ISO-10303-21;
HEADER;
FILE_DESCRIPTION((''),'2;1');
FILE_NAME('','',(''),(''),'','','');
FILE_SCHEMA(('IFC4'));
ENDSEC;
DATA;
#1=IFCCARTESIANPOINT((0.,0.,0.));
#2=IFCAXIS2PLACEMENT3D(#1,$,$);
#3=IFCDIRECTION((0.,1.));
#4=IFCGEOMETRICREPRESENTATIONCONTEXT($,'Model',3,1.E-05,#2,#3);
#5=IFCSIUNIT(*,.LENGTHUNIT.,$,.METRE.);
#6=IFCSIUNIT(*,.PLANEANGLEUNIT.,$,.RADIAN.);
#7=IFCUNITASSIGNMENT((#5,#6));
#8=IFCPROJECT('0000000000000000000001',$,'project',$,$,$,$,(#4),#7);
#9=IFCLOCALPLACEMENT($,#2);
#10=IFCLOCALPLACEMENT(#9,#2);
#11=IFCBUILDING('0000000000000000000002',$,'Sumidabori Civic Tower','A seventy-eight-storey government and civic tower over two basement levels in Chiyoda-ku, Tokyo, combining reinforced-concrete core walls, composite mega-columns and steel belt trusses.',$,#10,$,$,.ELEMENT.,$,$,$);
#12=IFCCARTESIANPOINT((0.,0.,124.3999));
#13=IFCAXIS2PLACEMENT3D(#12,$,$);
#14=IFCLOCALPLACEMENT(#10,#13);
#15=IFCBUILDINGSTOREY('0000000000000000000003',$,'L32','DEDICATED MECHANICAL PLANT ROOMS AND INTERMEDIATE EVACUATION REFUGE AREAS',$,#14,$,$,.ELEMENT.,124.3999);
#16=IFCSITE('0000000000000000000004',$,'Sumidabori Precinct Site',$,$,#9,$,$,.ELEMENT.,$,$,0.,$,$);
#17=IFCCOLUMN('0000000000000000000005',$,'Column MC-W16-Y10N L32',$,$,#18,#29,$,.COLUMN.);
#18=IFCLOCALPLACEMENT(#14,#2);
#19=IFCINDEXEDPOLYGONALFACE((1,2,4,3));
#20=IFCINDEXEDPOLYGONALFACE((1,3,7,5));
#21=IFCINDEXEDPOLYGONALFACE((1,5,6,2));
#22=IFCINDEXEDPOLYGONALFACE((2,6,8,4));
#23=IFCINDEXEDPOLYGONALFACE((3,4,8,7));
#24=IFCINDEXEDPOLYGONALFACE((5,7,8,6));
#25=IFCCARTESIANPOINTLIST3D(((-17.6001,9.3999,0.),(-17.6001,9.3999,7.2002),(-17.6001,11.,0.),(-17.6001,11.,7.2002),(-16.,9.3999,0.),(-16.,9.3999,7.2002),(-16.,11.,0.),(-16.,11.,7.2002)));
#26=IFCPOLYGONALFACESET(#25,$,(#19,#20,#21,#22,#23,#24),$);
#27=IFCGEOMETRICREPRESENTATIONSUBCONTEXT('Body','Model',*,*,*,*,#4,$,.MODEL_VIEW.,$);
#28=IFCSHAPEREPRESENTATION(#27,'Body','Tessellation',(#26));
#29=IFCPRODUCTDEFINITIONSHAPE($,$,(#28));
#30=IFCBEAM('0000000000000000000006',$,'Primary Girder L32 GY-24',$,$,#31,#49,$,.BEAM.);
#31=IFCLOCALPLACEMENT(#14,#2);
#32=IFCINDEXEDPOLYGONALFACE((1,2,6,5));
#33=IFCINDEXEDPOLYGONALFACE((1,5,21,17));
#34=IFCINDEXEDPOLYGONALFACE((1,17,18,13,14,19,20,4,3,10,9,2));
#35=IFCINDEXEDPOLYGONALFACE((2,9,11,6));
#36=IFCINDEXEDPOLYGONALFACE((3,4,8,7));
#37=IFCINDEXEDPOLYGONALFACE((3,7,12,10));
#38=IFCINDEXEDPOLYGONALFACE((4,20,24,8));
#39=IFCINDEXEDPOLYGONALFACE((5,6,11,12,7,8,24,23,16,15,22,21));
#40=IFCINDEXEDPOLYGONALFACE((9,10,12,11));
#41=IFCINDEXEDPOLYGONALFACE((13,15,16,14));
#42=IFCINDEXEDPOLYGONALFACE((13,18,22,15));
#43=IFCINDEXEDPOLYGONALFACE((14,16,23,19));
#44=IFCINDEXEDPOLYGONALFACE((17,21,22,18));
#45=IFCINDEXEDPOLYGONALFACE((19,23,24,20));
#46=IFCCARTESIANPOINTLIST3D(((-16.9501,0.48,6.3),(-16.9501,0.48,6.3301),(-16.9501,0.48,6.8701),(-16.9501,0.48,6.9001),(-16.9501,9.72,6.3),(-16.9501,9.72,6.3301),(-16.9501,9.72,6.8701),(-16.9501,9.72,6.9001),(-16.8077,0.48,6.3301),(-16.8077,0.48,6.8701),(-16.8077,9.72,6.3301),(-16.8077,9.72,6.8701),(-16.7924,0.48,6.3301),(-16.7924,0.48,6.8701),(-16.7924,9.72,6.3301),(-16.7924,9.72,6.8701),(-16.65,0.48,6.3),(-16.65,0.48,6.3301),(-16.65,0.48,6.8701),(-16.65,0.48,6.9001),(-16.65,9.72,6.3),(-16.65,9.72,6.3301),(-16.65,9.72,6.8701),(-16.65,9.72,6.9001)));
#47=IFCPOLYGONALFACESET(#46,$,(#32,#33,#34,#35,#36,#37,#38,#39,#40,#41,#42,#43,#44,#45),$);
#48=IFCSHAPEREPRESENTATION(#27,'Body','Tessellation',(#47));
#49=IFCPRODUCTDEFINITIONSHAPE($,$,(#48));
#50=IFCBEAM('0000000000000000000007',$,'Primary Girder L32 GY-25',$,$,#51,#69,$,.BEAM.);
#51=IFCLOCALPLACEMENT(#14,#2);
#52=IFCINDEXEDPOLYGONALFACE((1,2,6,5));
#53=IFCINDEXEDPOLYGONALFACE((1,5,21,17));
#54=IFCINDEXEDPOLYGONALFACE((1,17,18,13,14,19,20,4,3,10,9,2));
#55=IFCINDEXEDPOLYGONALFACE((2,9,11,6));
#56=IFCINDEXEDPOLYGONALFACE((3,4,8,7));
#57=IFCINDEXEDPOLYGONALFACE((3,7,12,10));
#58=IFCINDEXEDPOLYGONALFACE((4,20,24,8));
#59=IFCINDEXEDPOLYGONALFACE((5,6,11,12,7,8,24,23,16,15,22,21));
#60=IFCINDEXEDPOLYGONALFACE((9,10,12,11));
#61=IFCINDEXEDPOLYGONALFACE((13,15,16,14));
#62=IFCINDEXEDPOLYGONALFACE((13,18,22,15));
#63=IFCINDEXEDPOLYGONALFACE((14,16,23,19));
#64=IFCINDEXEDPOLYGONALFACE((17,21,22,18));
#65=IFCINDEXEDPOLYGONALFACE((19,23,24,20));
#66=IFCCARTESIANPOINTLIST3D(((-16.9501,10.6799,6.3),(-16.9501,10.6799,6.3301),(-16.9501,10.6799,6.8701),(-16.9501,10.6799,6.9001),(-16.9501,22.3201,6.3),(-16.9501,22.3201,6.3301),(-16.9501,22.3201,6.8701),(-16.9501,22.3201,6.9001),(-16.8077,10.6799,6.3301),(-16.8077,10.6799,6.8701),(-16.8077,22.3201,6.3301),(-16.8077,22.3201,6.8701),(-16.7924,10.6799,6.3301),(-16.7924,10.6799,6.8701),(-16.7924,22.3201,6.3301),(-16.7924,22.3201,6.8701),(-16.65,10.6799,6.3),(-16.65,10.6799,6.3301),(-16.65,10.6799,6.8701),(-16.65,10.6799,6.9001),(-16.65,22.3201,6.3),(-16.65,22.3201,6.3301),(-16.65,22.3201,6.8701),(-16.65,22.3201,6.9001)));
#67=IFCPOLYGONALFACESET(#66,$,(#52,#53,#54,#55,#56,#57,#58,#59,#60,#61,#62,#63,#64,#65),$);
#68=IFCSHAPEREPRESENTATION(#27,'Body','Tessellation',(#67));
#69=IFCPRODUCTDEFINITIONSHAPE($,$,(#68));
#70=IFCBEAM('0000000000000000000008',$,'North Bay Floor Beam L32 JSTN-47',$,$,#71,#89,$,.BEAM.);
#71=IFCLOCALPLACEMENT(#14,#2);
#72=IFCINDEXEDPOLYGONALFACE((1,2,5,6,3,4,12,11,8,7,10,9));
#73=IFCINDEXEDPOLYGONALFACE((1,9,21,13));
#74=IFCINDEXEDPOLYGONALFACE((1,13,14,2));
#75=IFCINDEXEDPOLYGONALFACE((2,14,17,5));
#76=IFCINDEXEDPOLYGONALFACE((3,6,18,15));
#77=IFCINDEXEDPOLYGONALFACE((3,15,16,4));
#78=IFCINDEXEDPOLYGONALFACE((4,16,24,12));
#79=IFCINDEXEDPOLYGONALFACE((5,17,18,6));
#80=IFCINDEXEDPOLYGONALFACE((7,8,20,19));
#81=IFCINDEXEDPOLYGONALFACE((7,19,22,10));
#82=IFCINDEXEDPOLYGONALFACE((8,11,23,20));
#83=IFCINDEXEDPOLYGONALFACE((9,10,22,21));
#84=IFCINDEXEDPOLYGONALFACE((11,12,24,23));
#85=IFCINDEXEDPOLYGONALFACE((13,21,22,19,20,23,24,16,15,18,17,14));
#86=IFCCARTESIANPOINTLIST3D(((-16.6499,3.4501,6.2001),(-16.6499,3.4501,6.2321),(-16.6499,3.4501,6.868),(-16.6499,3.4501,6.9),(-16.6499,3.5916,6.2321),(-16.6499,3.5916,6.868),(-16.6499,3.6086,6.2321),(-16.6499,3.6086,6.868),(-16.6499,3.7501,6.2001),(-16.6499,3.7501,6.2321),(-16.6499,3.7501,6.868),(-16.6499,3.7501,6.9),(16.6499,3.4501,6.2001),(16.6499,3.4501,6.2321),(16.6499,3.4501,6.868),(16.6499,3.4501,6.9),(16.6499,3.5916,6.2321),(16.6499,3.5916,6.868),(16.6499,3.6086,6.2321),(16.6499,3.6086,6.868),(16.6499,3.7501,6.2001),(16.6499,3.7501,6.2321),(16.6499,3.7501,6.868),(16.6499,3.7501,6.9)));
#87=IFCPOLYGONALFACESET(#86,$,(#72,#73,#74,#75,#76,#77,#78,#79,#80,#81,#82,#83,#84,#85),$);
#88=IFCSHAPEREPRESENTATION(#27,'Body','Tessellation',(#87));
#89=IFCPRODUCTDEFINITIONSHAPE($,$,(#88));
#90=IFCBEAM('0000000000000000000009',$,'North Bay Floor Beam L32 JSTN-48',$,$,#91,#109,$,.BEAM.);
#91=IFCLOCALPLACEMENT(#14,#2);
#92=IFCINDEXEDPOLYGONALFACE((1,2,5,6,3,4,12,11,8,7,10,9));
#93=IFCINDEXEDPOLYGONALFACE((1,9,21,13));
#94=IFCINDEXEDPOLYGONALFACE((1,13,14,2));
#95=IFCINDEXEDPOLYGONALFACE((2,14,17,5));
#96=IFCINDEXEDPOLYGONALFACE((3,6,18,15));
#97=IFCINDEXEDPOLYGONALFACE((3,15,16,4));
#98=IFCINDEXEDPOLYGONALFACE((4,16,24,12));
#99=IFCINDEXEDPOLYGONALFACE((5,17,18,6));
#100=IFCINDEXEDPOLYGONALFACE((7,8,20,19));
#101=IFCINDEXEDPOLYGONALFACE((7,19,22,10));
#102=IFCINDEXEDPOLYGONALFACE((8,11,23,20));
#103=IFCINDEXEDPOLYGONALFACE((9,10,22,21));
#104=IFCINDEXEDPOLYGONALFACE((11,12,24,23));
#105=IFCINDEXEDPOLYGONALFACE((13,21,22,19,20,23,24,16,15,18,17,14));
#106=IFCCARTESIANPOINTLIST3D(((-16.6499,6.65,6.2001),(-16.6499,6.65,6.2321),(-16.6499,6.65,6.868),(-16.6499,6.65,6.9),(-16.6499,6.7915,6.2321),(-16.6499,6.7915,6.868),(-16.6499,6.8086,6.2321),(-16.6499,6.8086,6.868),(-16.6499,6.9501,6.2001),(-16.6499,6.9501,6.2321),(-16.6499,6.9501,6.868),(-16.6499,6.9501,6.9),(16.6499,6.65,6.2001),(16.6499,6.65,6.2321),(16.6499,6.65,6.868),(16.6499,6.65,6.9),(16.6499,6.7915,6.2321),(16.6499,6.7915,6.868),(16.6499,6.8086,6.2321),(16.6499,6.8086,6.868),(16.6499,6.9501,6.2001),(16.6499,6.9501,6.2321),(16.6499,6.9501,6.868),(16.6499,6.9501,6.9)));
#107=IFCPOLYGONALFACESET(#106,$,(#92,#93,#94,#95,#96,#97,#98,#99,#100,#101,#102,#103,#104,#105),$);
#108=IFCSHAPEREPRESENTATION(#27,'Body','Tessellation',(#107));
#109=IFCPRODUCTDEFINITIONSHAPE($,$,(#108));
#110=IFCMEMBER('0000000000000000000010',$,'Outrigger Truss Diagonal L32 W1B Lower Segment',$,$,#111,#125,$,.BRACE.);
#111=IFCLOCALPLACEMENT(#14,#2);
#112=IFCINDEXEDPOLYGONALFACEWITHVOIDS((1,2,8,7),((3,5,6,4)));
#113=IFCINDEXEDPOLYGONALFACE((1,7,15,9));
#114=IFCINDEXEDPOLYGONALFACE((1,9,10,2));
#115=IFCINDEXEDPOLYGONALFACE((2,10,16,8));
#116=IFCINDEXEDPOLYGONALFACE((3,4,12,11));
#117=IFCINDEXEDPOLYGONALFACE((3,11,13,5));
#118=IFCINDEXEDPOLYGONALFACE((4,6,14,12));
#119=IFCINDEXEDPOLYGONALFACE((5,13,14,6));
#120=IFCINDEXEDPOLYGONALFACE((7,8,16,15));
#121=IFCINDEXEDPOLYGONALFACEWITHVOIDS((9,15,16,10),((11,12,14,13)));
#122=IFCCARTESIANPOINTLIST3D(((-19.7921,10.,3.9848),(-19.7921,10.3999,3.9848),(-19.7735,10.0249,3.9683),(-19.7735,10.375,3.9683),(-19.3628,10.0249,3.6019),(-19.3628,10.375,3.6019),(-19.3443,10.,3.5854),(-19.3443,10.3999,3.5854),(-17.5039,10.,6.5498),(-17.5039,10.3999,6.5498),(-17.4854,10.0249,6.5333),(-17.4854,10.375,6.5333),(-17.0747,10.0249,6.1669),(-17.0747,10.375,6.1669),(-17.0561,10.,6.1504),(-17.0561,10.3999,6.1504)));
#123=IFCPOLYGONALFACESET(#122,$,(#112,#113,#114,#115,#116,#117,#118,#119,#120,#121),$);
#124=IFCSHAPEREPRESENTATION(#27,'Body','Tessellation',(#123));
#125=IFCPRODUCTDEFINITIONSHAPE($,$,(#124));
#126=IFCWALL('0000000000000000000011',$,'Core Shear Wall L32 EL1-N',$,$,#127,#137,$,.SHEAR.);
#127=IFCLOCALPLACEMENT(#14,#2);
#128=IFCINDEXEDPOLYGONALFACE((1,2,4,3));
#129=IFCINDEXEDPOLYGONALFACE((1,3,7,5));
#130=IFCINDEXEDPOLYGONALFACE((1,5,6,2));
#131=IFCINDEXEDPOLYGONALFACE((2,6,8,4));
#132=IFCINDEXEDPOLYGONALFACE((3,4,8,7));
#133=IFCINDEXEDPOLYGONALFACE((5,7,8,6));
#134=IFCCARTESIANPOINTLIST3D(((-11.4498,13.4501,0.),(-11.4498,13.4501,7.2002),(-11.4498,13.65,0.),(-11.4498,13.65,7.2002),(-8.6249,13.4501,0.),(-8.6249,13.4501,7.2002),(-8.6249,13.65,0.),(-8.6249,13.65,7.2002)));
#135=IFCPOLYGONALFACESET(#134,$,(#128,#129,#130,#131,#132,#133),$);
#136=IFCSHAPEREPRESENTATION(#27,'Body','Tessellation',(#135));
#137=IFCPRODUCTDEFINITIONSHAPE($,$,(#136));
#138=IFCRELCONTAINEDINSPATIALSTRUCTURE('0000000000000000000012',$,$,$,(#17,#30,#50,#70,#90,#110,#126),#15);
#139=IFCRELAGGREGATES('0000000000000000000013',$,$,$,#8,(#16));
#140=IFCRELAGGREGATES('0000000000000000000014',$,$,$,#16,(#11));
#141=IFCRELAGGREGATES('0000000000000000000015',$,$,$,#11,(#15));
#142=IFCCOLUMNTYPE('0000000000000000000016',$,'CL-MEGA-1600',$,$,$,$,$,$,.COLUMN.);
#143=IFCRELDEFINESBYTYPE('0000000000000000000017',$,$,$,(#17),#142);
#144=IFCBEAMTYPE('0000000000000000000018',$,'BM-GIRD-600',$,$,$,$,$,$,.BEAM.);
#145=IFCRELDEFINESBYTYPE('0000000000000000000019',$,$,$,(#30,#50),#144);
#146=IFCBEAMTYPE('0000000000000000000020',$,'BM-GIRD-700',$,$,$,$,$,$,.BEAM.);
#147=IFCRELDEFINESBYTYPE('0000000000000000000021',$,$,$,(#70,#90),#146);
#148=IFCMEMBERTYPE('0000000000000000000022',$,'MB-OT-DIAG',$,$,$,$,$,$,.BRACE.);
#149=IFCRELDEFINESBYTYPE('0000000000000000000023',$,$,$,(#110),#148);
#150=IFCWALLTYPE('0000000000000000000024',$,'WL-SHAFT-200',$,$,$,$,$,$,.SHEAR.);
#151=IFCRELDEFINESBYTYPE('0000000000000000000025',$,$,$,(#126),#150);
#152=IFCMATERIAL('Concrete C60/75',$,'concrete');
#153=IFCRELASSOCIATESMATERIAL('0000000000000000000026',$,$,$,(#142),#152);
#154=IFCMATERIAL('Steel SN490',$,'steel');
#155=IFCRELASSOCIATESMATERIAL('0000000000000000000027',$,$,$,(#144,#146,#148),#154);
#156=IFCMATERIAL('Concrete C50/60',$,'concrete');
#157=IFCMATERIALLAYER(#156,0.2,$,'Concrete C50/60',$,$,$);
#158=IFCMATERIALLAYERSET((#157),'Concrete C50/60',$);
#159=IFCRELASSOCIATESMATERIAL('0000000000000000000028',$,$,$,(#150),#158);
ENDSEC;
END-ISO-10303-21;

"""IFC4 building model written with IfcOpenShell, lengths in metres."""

from ifc_helpers import new_model, si_unit, direction, frame, frame_2d, origin, origin_2d, place, context, subcontext, project, spatial, rectangle, hollow_rectangle, i_section, extrude, source, transform, mapped, material, layer, layer_set, material_profile, profile_set, type_object, element, save


model = new_model("IFC4")

# Units and contexts
model_context = context("Model", 3, precision=1e-05, world=origin(), true_north=direction((0.0, 1.0)))
body_context = subcontext(model_context, "Body", "Model", "MODEL_VIEW")
ifc_project = project(units=[si_unit("LENGTHUNIT", "METRE"), si_unit("PLANEANGLEUNIT", "RADIAN")], contexts=[model_context])

# Site, building, storey
site_placement = place(None, origin())
site = spatial("IfcSite", under=ifc_project, at=site_placement, Name="Sumidabori Precinct Site", CompositionType="ELEMENT", RefElevation=0.0)
building_placement = place(site_placement, origin())
building = spatial("IfcBuilding", under=site, at=building_placement, Name="Sumidabori Civic Tower", Description="A seventy-eight-storey government and civic tower over two basement levels in Chiyoda-ku, Tokyo, combining reinforced-concrete core walls, composite mega-columns and steel belt trusses.", CompositionType="ELEMENT")
storey_placement = place(building_placement, frame((0.0, 0.0, 124.3999)))
storey = spatial("IfcBuildingStorey", under=building, at=storey_placement, Name="L32", Description="DEDICATED MECHANICAL PLANT ROOMS AND INTERMEDIATE EVACUATION REFUGE AREAS", CompositionType="ELEMENT", Elevation=124.3999)

# Column
ifc_material_1 = material(Name="Concrete C60/75", Category="concrete")
ifc_material_profile_1 = material_profile(ifc_material_1, rectangle(XDim=1.6001, YDim=1.6001, at=origin_2d()), Name="RC 1600x1600")
ifc_profile_set_1 = profile_set([ifc_material_profile_1], Name="Concrete C60/75")
column_type = type_object("IfcColumnType", Name="CL-MEGA-1600", PredefinedType="COLUMN", material=ifc_profile_set_1)
shared_shape_1 = source(origin(), body_context, "Body", "SweptSolid", [
    extrude(rectangle(XDim=1.6001, YDim=1.6001, at=origin_2d()), origin(), (0.0, 0.0, 1.0), 7.2002),
])
column_placement = place(storey_placement, frame((-16.8, 10.2, 0.0), z_axis=(0.0, 0.0, 1.0), x_axis=(1.0, 0.0, 0.0)))
element("IfcColumn", 1, at=column_placement, inside=storey, type_object=column_type, Name="Column MC-W16-Y10N L32", PredefinedType="COLUMN", context=body_context, shape_type="MappedRepresentation", body=[
    mapped(shared_shape_1, transform((0.0, 0.0, 0.0), x_axis=(1.0, 0.0, 0.0), y_axis=(0.0, 1.0, 0.0), z_axis=(0.0, 0.0, 1.0), scale=1.0)),
])

# Beams
ifc_material_2 = material(Name="Steel SN490", Category="steel")
ifc_material_profile_2 = material_profile(ifc_material_2, i_section(OverallWidth=0.3, OverallDepth=0.6001, WebThickness=0.0154, FlangeThickness=0.03, at=origin_2d()), Name="HE 600 B")
ifc_profile_set_2 = profile_set([ifc_material_profile_2], Name="Steel SN490")
beam_type_1 = type_object("IfcBeamType", Name="BM-GIRD-600", PredefinedType="BEAM", material=ifc_profile_set_2)
shared_shape_2 = source(origin(), body_context, "Body", "SweptSolid", [
    extrude(i_section(OverallWidth=0.3, OverallDepth=0.6001, WebThickness=0.0154, FlangeThickness=0.03, at=origin_2d()), origin(), (0.0, 0.0, 1.0), 9.24),
])
beam_1_placement = place(storey_placement, frame((-16.8, 0.48, 6.6001), z_axis=(0.0, 1.0, 0.0), x_axis=(-1.0, 0.0, 0.0)))
element("IfcBeam", 2, at=beam_1_placement, inside=storey, type_object=beam_type_1, Name="Primary Girder L32 GY-24", PredefinedType="BEAM", context=body_context, shape_type="MappedRepresentation", body=[
    mapped(shared_shape_2, transform((0.0, 0.0, 0.0), x_axis=(1.0, 0.0, 0.0), y_axis=(0.0, 1.0, 0.0), z_axis=(0.0, 0.0, 1.0), scale=1.0)),
])
shared_shape_3 = source(origin(), body_context, "Body", "SweptSolid", [
    extrude(i_section(OverallWidth=0.3, OverallDepth=0.6001, WebThickness=0.0154, FlangeThickness=0.03, at=origin_2d()), origin(), (0.0, 0.0, 1.0), 11.6401),
])
beam_2_placement = place(storey_placement, frame((-16.8, 10.6799, 6.6001), z_axis=(0.0, 1.0, 0.0), x_axis=(-1.0, 0.0, 0.0)))
element("IfcBeam", 3, at=beam_2_placement, inside=storey, type_object=beam_type_1, Name="Primary Girder L32 GY-25", PredefinedType="BEAM", context=body_context, shape_type="MappedRepresentation", body=[
    mapped(shared_shape_3, transform((0.0, 0.0, 0.0), x_axis=(1.0, 0.0, 0.0), y_axis=(0.0, 1.0, 0.0), z_axis=(0.0, 0.0, 1.0), scale=1.0)),
])
ifc_material_profile_3 = material_profile(ifc_material_2, i_section(OverallWidth=0.3, OverallDepth=0.7, WebThickness=0.0171, FlangeThickness=0.032, at=origin_2d()), Name="HE 700 B")
ifc_profile_set_3 = profile_set([ifc_material_profile_3], Name="Steel SN490")
beam_type_2 = type_object("IfcBeamType", Name="BM-GIRD-700", PredefinedType="BEAM", material=ifc_profile_set_3)
shared_shape_4 = source(origin(), body_context, "Body", "SweptSolid", [
    extrude(i_section(OverallWidth=0.3, OverallDepth=0.7, WebThickness=0.0171, FlangeThickness=0.032, at=origin_2d()), origin(), (0.0, 0.0, 1.0), 33.2998),
])
for number, where, z_axis, x_axis, name in (
    (4, (-16.6499, 3.6001, 6.55), (1.0, 0.0, 0.0), (0.0, 1.0, 0.0), "North Bay Floor Beam L32 JSTN-47"),
    (5, (-16.6499, 6.8, 6.55), (1.0, 0.0, 0.0), (0.0, 1.0, 0.0), "North Bay Floor Beam L32 JSTN-48"),
):
    element("IfcBeam", number, at=place(storey_placement, frame(where, z_axis=z_axis, x_axis=x_axis)), inside=storey, type_object=beam_type_2, Name=name, PredefinedType="BEAM", context=body_context, shape_type="MappedRepresentation", body=[
        mapped(shared_shape_4, transform((0.0, 0.0, 0.0), x_axis=(1.0, 0.0, 0.0), y_axis=(0.0, 1.0, 0.0), z_axis=(0.0, 0.0, 1.0), scale=1.0)),
    ])

# Member
ifc_material_profile_4 = material_profile(ifc_material_2, hollow_rectangle(XDim=0.3999, YDim=0.6001, WallThickness=0.0249, at=origin_2d()), Name="RHS 600x400x25")
ifc_profile_set_4 = profile_set([ifc_material_profile_4], Name="Steel SN490")
member_type = type_object("IfcMemberType", Name="MB-OT-DIAG", PredefinedType="BRACE", material=ifc_profile_set_4)
shared_shape_5 = source(origin(), body_context, "Body", "SweptSolid", [
    extrude(hollow_rectangle(XDim=0.3999, YDim=0.6001, WallThickness=0.0249, at=origin_2d()), origin(), (0.0, 0.0, 1.0), 3.4373),
])
member_placement = place(storey_placement, frame((-17.28, 10.2, 6.3501), z_axis=(-0.665685, 0.0, -0.746232), x_axis=(0.0, -1.0, 0.0)))
element("IfcMember", 6, at=member_placement, inside=storey, type_object=member_type, Name="Outrigger Truss Diagonal L32 W1B Lower Segment", PredefinedType="BRACE", context=body_context, shape_type="MappedRepresentation", body=[
    mapped(shared_shape_5, transform((0.0, 0.0, 0.0), x_axis=(1.0, 0.0, 0.0), y_axis=(0.0, 1.0, 0.0), z_axis=(0.0, 0.0, 1.0), scale=1.0)),
])

# Wall
ifc_material_3 = material(Name="Concrete C50/60", Category="concrete")
ifc_layer_1 = layer(ifc_material_3, 0.2, Name="Concrete C50/60")
ifc_layer_set_1 = layer_set([ifc_layer_1], Name="Concrete C50/60")
wall_type_1 = type_object("IfcWallType", Name="WL-SHAFT-200", PredefinedType="SHEAR", material=ifc_layer_set_1)
shared_shape_6 = source(origin(), body_context, "Body", "SweptSolid", [
    extrude(rectangle(XDim=2.825, YDim=0.2, at=frame_2d((1.4126, 0.0))), origin(), (0.0, 0.0, 1.0), 7.2002),
])
wall_1_placement = place(storey_placement, frame((-11.45, 13.55, 0.0), z_axis=(0.0, 0.0, 1.0), x_axis=(1.0, 0.0, 0.0)))
element("IfcWall", 7, at=wall_1_placement, inside=storey, type_object=wall_type_1, Name="Core Shear Wall L32 EL1-N", PredefinedType="SHEAR", context=body_context, shape_type="MappedRepresentation", body=[
    mapped(shared_shape_6, transform((0.0, 0.0, 0.0), x_axis=(1.0, 0.0, 0.0), y_axis=(0.0, 1.0, 0.0), z_axis=(0.0, 0.0, 1.0), scale=1.0)),
])

save(model, "model.ifc")
